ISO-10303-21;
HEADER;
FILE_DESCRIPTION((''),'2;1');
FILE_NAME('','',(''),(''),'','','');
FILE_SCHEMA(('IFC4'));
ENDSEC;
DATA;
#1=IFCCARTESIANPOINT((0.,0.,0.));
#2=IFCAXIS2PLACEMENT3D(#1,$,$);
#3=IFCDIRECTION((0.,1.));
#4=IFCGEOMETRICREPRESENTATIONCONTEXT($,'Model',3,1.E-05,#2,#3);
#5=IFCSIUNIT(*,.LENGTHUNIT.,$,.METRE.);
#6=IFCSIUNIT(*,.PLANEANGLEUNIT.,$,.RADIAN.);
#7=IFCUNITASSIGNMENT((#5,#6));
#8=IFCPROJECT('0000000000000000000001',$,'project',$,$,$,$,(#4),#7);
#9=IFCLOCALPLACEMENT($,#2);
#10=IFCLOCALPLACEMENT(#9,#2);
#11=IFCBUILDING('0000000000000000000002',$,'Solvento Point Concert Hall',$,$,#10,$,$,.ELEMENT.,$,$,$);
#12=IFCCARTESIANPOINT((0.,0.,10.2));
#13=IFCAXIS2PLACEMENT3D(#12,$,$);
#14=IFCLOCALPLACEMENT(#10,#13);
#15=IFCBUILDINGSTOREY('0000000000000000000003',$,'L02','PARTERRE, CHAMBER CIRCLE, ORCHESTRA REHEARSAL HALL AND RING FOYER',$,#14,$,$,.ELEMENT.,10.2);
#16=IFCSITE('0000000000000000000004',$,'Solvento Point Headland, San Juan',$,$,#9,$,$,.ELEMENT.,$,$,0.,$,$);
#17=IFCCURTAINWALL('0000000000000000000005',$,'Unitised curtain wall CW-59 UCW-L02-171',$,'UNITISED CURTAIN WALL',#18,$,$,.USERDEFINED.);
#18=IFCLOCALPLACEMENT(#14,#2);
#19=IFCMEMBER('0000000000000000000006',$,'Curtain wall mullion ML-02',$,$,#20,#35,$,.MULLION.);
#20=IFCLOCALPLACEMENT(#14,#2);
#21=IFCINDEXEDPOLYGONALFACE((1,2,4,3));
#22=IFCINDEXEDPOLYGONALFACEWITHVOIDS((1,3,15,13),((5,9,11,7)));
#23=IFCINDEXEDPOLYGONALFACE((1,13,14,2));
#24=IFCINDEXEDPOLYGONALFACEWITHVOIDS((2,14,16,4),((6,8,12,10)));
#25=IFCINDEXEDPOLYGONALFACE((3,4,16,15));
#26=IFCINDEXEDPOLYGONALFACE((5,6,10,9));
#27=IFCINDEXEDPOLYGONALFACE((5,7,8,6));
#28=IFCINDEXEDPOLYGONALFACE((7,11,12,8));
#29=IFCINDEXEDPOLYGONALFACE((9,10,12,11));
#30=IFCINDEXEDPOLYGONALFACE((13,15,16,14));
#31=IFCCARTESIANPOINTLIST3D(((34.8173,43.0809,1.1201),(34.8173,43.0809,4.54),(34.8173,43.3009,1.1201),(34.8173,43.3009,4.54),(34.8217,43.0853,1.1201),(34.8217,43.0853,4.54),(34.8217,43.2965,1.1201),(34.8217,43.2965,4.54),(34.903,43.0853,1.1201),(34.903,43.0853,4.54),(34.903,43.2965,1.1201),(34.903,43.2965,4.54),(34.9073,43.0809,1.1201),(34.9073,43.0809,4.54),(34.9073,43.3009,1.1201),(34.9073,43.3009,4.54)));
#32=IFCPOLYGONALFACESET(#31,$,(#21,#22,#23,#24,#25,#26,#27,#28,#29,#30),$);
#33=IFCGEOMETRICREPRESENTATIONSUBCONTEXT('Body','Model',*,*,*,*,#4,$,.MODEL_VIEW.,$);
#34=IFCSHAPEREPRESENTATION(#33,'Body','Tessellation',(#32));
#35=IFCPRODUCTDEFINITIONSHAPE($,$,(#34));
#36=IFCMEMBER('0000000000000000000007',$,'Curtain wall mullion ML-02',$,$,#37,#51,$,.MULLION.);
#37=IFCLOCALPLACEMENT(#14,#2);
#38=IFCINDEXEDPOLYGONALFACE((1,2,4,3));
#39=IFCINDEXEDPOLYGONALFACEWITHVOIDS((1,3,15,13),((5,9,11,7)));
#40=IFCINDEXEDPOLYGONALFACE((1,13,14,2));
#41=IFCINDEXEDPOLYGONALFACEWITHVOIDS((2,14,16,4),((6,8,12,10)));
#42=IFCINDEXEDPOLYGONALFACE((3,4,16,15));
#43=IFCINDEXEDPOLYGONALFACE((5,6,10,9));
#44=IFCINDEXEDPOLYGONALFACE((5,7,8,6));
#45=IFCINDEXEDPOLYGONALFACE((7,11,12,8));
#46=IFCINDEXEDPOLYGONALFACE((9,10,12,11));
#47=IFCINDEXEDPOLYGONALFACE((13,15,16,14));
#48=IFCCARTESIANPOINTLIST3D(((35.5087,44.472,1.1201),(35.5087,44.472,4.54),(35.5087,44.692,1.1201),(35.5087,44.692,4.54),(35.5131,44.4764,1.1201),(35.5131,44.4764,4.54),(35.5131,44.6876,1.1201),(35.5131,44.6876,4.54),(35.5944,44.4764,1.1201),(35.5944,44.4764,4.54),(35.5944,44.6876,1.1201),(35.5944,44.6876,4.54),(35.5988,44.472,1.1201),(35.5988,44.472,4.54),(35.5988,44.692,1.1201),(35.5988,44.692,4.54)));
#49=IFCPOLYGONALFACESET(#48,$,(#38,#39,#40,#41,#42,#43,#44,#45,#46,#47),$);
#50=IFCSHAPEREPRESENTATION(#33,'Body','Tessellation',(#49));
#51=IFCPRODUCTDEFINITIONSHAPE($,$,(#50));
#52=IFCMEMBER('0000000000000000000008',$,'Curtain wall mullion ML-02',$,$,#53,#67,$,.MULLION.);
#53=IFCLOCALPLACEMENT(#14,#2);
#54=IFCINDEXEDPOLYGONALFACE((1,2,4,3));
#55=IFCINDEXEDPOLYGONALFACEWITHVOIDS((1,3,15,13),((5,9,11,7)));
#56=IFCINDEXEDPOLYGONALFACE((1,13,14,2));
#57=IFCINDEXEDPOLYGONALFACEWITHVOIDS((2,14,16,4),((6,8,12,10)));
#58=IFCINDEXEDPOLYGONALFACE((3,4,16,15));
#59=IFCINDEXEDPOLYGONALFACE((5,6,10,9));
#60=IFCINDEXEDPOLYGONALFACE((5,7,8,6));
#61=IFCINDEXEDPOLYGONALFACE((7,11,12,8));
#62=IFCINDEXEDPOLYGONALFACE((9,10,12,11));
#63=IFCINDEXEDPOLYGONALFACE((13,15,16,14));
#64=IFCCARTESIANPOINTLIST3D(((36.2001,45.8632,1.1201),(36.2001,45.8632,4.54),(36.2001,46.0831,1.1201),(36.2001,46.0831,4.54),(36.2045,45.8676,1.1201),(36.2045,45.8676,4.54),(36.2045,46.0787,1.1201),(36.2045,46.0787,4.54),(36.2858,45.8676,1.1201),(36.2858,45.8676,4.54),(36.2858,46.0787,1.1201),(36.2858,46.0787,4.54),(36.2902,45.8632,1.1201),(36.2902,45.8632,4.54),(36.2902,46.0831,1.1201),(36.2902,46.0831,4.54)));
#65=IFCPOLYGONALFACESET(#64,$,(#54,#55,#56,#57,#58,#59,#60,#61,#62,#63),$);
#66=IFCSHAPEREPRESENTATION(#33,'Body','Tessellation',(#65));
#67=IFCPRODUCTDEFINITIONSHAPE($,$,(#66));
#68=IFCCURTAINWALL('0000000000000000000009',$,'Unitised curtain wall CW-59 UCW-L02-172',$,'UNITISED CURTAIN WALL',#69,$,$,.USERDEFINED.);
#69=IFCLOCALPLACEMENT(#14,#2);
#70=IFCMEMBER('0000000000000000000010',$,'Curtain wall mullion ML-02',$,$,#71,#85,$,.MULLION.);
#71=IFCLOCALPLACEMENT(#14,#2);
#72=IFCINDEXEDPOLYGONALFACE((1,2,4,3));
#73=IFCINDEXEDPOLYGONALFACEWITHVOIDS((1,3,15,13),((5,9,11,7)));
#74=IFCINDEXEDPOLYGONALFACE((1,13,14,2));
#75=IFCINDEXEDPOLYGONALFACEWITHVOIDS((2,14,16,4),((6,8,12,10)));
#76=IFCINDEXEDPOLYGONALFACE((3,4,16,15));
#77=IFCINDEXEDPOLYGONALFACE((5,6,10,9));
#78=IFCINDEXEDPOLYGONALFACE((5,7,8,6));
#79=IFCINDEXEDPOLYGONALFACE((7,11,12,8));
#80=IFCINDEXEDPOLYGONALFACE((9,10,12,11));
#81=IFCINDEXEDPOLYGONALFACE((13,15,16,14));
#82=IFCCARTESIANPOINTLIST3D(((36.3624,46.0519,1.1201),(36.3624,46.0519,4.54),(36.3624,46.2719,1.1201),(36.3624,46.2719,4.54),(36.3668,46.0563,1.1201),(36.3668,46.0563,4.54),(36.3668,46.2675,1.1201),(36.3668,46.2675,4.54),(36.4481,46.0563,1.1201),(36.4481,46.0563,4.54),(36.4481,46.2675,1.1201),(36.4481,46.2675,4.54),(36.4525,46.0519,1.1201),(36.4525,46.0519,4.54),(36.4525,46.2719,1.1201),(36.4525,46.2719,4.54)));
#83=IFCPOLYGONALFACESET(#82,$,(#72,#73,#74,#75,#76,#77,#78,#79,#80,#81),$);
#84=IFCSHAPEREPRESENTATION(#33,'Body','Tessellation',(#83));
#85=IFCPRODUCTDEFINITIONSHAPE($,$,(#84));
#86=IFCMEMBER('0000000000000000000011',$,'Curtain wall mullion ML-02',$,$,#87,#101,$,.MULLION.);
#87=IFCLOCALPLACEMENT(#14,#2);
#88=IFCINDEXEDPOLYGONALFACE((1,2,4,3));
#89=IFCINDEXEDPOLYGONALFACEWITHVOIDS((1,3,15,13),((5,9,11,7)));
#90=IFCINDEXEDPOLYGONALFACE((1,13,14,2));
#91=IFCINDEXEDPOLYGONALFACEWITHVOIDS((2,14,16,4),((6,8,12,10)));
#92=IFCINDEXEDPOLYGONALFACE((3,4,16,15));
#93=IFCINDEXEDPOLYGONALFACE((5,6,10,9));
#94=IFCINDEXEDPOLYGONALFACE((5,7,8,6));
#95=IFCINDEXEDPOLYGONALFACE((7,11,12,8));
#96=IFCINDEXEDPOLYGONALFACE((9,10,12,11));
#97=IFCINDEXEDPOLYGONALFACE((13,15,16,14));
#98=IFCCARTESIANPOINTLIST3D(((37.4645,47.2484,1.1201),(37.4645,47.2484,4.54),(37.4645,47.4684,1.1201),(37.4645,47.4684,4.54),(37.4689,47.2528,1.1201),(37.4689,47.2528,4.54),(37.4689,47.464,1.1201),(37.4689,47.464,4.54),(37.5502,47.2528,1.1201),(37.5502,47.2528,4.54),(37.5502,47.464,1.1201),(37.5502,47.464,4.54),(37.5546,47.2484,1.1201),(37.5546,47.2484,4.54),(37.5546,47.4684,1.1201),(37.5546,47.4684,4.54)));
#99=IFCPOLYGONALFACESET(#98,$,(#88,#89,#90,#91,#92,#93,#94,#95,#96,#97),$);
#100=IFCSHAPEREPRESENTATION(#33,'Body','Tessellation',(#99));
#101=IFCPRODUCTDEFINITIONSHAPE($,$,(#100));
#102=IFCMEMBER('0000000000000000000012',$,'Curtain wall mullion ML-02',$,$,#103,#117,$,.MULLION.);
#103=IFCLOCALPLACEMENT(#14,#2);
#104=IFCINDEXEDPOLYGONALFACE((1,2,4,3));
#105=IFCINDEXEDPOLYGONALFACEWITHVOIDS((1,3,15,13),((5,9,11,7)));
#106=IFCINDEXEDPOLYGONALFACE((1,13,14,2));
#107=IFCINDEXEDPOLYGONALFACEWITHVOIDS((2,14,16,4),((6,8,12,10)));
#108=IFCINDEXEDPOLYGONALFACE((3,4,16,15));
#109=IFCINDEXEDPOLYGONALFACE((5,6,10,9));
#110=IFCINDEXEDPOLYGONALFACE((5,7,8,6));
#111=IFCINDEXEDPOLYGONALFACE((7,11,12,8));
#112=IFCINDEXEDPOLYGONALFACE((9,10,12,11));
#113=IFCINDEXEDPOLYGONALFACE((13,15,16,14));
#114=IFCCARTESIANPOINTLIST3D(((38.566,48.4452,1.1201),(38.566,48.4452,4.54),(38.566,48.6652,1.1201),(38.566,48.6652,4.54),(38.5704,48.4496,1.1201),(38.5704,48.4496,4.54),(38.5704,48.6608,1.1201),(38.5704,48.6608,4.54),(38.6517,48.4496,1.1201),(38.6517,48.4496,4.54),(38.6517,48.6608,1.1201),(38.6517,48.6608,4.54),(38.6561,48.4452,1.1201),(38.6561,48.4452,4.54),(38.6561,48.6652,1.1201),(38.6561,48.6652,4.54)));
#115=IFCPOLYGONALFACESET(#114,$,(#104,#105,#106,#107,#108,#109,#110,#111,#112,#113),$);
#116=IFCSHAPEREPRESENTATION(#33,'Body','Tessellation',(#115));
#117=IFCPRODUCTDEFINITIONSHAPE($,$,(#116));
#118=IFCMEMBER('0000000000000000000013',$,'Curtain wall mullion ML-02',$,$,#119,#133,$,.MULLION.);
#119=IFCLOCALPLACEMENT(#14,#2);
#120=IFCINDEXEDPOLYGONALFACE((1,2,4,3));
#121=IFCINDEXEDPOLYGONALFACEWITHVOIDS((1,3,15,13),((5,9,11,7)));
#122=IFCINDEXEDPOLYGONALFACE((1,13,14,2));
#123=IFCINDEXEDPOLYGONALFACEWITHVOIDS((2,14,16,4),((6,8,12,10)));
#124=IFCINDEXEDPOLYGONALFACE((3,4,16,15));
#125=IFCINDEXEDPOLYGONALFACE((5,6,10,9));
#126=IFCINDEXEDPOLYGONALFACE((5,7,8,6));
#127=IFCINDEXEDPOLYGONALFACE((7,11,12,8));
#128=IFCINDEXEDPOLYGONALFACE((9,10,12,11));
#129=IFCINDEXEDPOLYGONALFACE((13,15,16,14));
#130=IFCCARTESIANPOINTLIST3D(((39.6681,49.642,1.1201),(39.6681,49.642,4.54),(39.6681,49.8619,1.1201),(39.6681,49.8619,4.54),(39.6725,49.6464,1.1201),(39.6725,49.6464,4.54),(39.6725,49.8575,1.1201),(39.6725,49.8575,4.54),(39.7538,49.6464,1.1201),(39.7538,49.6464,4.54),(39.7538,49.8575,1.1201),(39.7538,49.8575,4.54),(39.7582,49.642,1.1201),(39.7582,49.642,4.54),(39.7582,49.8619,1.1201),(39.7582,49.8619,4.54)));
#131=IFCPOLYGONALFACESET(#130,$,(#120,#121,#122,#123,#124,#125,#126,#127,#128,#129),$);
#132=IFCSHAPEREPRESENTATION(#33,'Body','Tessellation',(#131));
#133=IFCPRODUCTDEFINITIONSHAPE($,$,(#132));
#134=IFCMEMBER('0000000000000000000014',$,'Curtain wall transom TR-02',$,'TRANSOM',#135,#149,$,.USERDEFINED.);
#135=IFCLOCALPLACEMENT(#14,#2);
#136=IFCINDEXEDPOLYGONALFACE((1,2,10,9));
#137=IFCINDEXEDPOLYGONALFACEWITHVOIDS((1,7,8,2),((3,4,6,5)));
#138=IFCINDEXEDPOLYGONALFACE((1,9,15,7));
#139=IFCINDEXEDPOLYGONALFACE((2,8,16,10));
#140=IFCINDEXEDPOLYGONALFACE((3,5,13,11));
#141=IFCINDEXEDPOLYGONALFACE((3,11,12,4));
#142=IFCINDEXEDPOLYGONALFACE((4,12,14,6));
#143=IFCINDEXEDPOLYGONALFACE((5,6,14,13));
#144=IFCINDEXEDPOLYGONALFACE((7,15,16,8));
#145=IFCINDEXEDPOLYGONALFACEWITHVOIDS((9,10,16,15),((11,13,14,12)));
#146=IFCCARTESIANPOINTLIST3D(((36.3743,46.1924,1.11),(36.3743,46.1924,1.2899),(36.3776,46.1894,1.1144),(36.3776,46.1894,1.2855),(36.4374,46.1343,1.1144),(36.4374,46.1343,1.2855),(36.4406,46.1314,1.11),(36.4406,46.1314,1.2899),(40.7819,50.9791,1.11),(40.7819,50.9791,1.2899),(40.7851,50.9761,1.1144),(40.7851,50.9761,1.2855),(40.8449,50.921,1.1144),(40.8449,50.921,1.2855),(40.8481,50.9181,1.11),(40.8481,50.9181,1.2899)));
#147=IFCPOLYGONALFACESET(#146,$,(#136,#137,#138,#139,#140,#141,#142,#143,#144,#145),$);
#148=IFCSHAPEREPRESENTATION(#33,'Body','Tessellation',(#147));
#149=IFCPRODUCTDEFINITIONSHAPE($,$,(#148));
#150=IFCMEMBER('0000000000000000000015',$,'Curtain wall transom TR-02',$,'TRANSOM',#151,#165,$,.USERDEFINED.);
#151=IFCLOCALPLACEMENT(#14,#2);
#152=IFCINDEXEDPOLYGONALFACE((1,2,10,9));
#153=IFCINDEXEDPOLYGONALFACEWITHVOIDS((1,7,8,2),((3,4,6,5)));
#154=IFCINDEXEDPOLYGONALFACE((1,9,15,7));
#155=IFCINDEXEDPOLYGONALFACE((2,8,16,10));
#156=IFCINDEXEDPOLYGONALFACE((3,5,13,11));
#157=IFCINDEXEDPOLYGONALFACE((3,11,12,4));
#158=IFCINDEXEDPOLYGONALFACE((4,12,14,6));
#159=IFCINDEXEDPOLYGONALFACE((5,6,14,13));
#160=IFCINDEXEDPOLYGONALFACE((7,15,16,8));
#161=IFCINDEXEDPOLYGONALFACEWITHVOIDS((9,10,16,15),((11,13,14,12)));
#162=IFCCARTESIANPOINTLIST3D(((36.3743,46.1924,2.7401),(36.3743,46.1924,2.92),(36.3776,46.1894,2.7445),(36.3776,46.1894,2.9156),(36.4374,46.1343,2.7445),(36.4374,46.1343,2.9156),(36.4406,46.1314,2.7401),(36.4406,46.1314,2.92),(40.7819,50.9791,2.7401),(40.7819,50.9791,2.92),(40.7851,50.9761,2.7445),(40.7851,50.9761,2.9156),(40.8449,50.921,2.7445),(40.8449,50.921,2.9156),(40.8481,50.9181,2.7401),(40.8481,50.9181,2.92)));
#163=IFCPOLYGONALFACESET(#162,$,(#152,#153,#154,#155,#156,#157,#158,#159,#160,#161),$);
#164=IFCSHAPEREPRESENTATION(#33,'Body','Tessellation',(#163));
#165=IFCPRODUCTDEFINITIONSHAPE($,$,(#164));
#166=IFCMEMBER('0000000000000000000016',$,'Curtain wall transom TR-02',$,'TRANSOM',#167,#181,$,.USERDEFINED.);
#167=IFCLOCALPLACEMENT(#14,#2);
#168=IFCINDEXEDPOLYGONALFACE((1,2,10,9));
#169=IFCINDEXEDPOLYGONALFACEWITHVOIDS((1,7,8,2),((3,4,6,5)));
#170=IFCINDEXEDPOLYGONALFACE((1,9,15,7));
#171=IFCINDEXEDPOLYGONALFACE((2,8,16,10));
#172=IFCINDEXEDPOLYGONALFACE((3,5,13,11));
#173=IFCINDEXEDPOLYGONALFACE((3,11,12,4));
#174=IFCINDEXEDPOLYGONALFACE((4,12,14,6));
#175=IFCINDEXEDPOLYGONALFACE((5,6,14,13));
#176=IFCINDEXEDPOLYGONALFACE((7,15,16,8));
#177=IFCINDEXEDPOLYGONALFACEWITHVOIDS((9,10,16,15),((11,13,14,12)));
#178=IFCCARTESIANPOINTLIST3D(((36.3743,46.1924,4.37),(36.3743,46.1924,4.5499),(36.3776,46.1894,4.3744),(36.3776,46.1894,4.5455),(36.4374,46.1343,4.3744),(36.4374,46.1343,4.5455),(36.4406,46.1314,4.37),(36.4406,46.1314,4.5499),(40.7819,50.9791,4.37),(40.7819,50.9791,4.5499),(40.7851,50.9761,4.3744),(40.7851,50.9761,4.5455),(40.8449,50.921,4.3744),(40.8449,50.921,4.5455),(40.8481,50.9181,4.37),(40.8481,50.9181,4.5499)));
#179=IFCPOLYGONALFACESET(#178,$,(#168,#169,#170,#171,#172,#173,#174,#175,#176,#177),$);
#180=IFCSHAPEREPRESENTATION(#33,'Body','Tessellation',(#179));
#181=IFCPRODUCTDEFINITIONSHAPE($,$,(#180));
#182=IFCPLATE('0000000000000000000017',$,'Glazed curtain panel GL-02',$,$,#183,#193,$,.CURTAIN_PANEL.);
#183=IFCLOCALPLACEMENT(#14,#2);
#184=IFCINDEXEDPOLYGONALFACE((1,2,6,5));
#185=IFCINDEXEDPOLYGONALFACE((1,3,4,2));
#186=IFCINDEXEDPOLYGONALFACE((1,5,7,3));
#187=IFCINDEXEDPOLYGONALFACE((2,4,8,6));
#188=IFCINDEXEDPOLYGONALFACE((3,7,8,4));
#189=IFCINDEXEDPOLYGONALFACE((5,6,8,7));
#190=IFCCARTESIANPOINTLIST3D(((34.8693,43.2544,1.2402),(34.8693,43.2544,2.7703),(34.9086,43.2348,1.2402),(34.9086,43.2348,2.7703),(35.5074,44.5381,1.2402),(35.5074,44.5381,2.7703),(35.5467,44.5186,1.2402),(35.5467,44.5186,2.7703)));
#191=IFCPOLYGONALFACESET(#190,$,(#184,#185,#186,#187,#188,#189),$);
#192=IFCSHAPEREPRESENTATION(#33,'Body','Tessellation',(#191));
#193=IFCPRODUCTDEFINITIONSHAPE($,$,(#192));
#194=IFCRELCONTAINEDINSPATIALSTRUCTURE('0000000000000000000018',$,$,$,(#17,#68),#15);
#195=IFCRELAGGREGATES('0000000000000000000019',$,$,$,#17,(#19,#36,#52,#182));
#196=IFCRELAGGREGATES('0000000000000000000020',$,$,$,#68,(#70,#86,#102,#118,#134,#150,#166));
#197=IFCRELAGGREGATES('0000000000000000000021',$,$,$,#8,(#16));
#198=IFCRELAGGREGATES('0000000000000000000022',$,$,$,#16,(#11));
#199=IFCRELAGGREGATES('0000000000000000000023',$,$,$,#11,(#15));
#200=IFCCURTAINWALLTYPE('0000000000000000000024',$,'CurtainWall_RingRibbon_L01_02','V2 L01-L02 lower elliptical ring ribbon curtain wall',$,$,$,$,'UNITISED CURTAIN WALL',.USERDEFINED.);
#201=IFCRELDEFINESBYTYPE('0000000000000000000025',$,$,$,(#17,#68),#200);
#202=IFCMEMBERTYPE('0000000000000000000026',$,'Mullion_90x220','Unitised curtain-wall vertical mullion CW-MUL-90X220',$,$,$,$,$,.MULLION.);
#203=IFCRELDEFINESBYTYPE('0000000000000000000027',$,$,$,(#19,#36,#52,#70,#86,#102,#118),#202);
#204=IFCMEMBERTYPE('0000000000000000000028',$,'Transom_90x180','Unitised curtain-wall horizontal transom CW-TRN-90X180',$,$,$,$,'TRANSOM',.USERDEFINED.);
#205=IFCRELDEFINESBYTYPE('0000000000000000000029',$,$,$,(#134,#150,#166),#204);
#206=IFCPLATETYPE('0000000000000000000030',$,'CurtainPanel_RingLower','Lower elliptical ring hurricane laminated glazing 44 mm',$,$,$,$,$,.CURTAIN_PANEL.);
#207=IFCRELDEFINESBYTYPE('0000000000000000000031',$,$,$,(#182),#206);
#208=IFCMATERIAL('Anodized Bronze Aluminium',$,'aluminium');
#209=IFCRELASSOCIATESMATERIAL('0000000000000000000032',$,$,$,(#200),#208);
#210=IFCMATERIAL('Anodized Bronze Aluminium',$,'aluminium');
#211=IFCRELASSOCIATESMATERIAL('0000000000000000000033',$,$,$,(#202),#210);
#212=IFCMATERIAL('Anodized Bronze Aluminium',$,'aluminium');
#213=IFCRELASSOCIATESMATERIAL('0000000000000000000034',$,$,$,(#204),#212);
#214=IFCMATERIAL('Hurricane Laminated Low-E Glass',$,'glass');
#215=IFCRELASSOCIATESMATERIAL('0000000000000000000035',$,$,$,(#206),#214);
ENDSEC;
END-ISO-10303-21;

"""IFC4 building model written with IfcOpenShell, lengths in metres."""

from ifc_helpers import new_model, si_unit, direction, frame, origin, origin_2d, place, context, subcontext, project, spatial, rectangle, hollow_rectangle, extrude, material, material_profile, profile_set, type_object, element, aggregate, save


model = new_model("IFC4")

# Units and contexts
model_context = context("Model", 3, precision=1e-05, world=origin(), true_north=direction((0.0, 1.0)))
body_context = subcontext(model_context, "Body", "Model", "MODEL_VIEW")
ifc_project = project(units=[si_unit("LENGTHUNIT", "METRE"), si_unit("PLANEANGLEUNIT", "RADIAN")], contexts=[model_context])

# Site, building, storey
site_placement = place(None, origin())
site = spatial("IfcSite", under=ifc_project, at=site_placement, Name="Solvento Point Headland, San Juan", CompositionType="ELEMENT", RefElevation=0.0)
building_placement = place(site_placement, origin())
building = spatial("IfcBuilding", under=site, at=building_placement, Name="Solvento Point Concert Hall", CompositionType="ELEMENT")
storey_placement = place(building_placement, frame((0.0, 0.0, 10.2)))
storey = spatial("IfcBuildingStorey", under=building, at=storey_placement, Name="L02", Description="PARTERRE, CHAMBER CIRCLE, ORCHESTRA REHEARSAL HALL AND RING FOYER", CompositionType="ELEMENT", Elevation=10.2)

# Curtain walls, members
ifc_material_1 = material(Name="Anodized Bronze Aluminium", Category="aluminium")
curtain_wall_type = type_object("IfcCurtainWallType", Name="CurtainWall_RingRibbon_L01_02", Description="V2 L01-L02 lower elliptical ring ribbon curtain wall", ElementType="UNITISED CURTAIN WALL", PredefinedType="USERDEFINED", material=ifc_material_1)
curtain_wall_1_placement = place(storey_placement, origin())
curtain_wall_1 = element("IfcCurtainWall", 1, at=curtain_wall_1_placement, inside=storey, type_object=curtain_wall_type, Name="Unitised curtain wall CW-59 UCW-L02-171", ObjectType="UNITISED CURTAIN WALL", PredefinedType="USERDEFINED")
ifc_material_2 = material(Name="Anodized Bronze Aluminium", Category="aluminium")
ifc_material_profile_1 = material_profile(ifc_material_2, hollow_rectangle(XDim=0.0901, YDim=0.22, WallThickness=0.0044, at=origin_2d()), Name="CW-MUL-90X220")
ifc_profile_set_1 = profile_set([ifc_material_profile_1], Name="Anodized Bronze Aluminium")
member_type_1 = type_object("IfcMemberType", Name="Mullion_90x220", Description="Unitised curtain-wall vertical mullion CW-MUL-90X220", PredefinedType="MULLION", material=ifc_profile_set_1)
member_1_placement = place(storey_placement, frame((34.8623, 43.1909, 1.1201), z_axis=(0.0, 0.0, 1.0), x_axis=(1.0, 0.0, 0.0)))
member_1 = element("IfcMember", 2, at=member_1_placement, type_object=member_type_1, Name="Curtain wall mullion ML-02", PredefinedType="MULLION", context=body_context, shape_type="SweptSolid", body=[
    extrude(hollow_rectangle(XDim=0.0901, YDim=0.22, WallThickness=0.0044, at=origin_2d()), origin(), (0.0, 0.0, 1.0), 3.4199),
])
member_2_placement = place(storey_placement, frame((35.5537, 44.582, 1.1201), z_axis=(0.0, 0.0, 1.0), x_axis=(1.0, 0.0, 0.0)))
member_2 = element("IfcMember", 3, at=member_2_placement, type_object=member_type_1, Name="Curtain wall mullion ML-02", PredefinedType="MULLION", context=body_context, shape_type="SweptSolid", body=[
    extrude(hollow_rectangle(XDim=0.0901, YDim=0.22, WallThickness=0.0044, at=origin_2d()), origin(), (0.0, 0.0, 1.0), 3.4199),
])
member_3_placement = place(storey_placement, frame((36.2451, 45.9731, 1.1201), z_axis=(0.0, 0.0, 1.0), x_axis=(1.0, 0.0, 0.0)))
member_3 = element("IfcMember", 4, at=member_3_placement, type_object=member_type_1, Name="Curtain wall mullion ML-02", PredefinedType="MULLION", context=body_context, shape_type="SweptSolid", body=[
    extrude(hollow_rectangle(XDim=0.0901, YDim=0.22, WallThickness=0.0044, at=origin_2d()), origin(), (0.0, 0.0, 1.0), 3.4199),
])
curtain_wall_2_placement = place(storey_placement, origin())
curtain_wall_2 = element("IfcCurtainWall", 5, at=curtain_wall_2_placement, inside=storey, type_object=curtain_wall_type, Name="Unitised curtain wall CW-59 UCW-L02-172", ObjectType="UNITISED CURTAIN WALL", PredefinedType="USERDEFINED")
member_4_placement = place(storey_placement, frame((36.4075, 46.1619, 1.1201), z_axis=(0.0, 0.0, 1.0), x_axis=(1.0, 0.0, 0.0)))
member_4 = element("IfcMember", 6, at=member_4_placement, type_object=member_type_1, Name="Curtain wall mullion ML-02", PredefinedType="MULLION", context=body_context, shape_type="SweptSolid", body=[
    extrude(hollow_rectangle(XDim=0.0901, YDim=0.22, WallThickness=0.0044, at=origin_2d()), origin(), (0.0, 0.0, 1.0), 3.4199),
])
member_5_placement = place(storey_placement, frame((37.5095, 47.3584, 1.1201), z_axis=(0.0, 0.0, 1.0), x_axis=(1.0, 0.0, 0.0)))
member_5 = element("IfcMember", 7, at=member_5_placement, type_object=member_type_1, Name="Curtain wall mullion ML-02", PredefinedType="MULLION", context=body_context, shape_type="SweptSolid", body=[
    extrude(hollow_rectangle(XDim=0.0901, YDim=0.22, WallThickness=0.0044, at=origin_2d()), origin(), (0.0, 0.0, 1.0), 3.4199),
])
member_6_placement = place(storey_placement, frame((38.6111, 48.5552, 1.1201), z_axis=(0.0, 0.0, 1.0), x_axis=(1.0, 0.0, 0.0)))
member_6 = element("IfcMember", 8, at=member_6_placement, type_object=member_type_1, Name="Curtain wall mullion ML-02", PredefinedType="MULLION", context=body_context, shape_type="SweptSolid", body=[
    extrude(hollow_rectangle(XDim=0.0901, YDim=0.22, WallThickness=0.0044, at=origin_2d()), origin(), (0.0, 0.0, 1.0), 3.4199),
])
member_7_placement = place(storey_placement, frame((39.7131, 49.752, 1.1201), z_axis=(0.0, 0.0, 1.0), x_axis=(1.0, 0.0, 0.0)))
member_7 = element("IfcMember", 9, at=member_7_placement, type_object=member_type_1, Name="Curtain wall mullion ML-02", PredefinedType="MULLION", context=body_context, shape_type="SweptSolid", body=[
    extrude(hollow_rectangle(XDim=0.0901, YDim=0.22, WallThickness=0.0044, at=origin_2d()), origin(), (0.0, 0.0, 1.0), 3.4199),
])
ifc_material_3 = material(Name="Anodized Bronze Aluminium", Category="aluminium")
ifc_material_profile_2 = material_profile(ifc_material_3, hollow_rectangle(XDim=0.0901, YDim=0.1799, WallThickness=0.0044, at=origin_2d()), Name="CW-TRN-90X180")
ifc_profile_set_2 = profile_set([ifc_material_profile_2], Name="Anodized Bronze Aluminium")
member_type_2 = type_object("IfcMemberType", Name="Transom_90x180", Description="Unitised curtain-wall horizontal transom CW-TRN-90X180", ElementType="TRANSOM", PredefinedType="USERDEFINED", material=ifc_profile_set_2)
member_8_placement = place(storey_placement, frame((36.4075, 46.1619, 1.2), z_axis=(0.677371, 0.735642, 0.0), x_axis=(-0.735642, 0.677371, 0.0)))
member_8 = element("IfcMember", 10, at=member_8_placement, type_object=member_type_2, Name="Curtain wall transom TR-02", ObjectType="TRANSOM", PredefinedType="USERDEFINED", context=body_context, shape_type="SweptSolid", body=[
    extrude(hollow_rectangle(XDim=0.0901, YDim=0.1799, WallThickness=0.0044, at=origin_2d()), origin(), (0.0, 0.0, 1.0), 6.5068),
])
member_9_placement = place(storey_placement, frame((36.4075, 46.1619, 2.8301), z_axis=(0.677371, 0.735642, 0.0), x_axis=(-0.735642, 0.677371, 0.0)))
member_9 = element("IfcMember", 11, at=member_9_placement, type_object=member_type_2, Name="Curtain wall transom TR-02", ObjectType="TRANSOM", PredefinedType="USERDEFINED", context=body_context, shape_type="SweptSolid", body=[
    extrude(hollow_rectangle(XDim=0.0901, YDim=0.1799, WallThickness=0.0044, at=origin_2d()), origin(), (0.0, 0.0, 1.0), 6.5068),
])
member_10_placement = place(storey_placement, frame((36.4075, 46.1619, 4.46), z_axis=(0.677371, 0.735642, 0.0), x_axis=(-0.735642, 0.677371, 0.0)))
member_10 = element("IfcMember", 12, at=member_10_placement, type_object=member_type_2, Name="Curtain wall transom TR-02", ObjectType="TRANSOM", PredefinedType="USERDEFINED", context=body_context, shape_type="SweptSolid", body=[
    extrude(hollow_rectangle(XDim=0.0901, YDim=0.1799, WallThickness=0.0044, at=origin_2d()), origin(), (0.0, 0.0, 1.0), 6.5068),
])

# Plate
ifc_material_4 = material(Name="Hurricane Laminated Low-E Glass", Category="glass")
plate_type = type_object("IfcPlateType", Name="CurtainPanel_RingLower", Description="Lower elliptical ring hurricane laminated glazing 44 mm", PredefinedType="CURTAIN_PANEL", material=ifc_material_4)
plate_1_placement = place(storey_placement, frame((35.208, 43.8865, 1.2402), z_axis=(0.0, 0.0, 1.0), x_axis=(0.445115, 0.895473, 0.0)))
plate_1 = element("IfcPlate", 13, at=plate_1_placement, type_object=plate_type, Name="Glazed curtain panel GL-02", PredefinedType="CURTAIN_PANEL", context=body_context, shape_type="SweptSolid", body=[
    extrude(rectangle(XDim=1.4336, YDim=0.0439, at=origin_2d()), origin(), (0.0, 0.0, 1.0), 1.53),
])
aggregate(curtain_wall_1, [member_1, member_2, member_3, plate_1])
aggregate(curtain_wall_2, [member_4, member_5, member_6, member_7, member_8, member_9, member_10])

save(model, "model.ifc")
